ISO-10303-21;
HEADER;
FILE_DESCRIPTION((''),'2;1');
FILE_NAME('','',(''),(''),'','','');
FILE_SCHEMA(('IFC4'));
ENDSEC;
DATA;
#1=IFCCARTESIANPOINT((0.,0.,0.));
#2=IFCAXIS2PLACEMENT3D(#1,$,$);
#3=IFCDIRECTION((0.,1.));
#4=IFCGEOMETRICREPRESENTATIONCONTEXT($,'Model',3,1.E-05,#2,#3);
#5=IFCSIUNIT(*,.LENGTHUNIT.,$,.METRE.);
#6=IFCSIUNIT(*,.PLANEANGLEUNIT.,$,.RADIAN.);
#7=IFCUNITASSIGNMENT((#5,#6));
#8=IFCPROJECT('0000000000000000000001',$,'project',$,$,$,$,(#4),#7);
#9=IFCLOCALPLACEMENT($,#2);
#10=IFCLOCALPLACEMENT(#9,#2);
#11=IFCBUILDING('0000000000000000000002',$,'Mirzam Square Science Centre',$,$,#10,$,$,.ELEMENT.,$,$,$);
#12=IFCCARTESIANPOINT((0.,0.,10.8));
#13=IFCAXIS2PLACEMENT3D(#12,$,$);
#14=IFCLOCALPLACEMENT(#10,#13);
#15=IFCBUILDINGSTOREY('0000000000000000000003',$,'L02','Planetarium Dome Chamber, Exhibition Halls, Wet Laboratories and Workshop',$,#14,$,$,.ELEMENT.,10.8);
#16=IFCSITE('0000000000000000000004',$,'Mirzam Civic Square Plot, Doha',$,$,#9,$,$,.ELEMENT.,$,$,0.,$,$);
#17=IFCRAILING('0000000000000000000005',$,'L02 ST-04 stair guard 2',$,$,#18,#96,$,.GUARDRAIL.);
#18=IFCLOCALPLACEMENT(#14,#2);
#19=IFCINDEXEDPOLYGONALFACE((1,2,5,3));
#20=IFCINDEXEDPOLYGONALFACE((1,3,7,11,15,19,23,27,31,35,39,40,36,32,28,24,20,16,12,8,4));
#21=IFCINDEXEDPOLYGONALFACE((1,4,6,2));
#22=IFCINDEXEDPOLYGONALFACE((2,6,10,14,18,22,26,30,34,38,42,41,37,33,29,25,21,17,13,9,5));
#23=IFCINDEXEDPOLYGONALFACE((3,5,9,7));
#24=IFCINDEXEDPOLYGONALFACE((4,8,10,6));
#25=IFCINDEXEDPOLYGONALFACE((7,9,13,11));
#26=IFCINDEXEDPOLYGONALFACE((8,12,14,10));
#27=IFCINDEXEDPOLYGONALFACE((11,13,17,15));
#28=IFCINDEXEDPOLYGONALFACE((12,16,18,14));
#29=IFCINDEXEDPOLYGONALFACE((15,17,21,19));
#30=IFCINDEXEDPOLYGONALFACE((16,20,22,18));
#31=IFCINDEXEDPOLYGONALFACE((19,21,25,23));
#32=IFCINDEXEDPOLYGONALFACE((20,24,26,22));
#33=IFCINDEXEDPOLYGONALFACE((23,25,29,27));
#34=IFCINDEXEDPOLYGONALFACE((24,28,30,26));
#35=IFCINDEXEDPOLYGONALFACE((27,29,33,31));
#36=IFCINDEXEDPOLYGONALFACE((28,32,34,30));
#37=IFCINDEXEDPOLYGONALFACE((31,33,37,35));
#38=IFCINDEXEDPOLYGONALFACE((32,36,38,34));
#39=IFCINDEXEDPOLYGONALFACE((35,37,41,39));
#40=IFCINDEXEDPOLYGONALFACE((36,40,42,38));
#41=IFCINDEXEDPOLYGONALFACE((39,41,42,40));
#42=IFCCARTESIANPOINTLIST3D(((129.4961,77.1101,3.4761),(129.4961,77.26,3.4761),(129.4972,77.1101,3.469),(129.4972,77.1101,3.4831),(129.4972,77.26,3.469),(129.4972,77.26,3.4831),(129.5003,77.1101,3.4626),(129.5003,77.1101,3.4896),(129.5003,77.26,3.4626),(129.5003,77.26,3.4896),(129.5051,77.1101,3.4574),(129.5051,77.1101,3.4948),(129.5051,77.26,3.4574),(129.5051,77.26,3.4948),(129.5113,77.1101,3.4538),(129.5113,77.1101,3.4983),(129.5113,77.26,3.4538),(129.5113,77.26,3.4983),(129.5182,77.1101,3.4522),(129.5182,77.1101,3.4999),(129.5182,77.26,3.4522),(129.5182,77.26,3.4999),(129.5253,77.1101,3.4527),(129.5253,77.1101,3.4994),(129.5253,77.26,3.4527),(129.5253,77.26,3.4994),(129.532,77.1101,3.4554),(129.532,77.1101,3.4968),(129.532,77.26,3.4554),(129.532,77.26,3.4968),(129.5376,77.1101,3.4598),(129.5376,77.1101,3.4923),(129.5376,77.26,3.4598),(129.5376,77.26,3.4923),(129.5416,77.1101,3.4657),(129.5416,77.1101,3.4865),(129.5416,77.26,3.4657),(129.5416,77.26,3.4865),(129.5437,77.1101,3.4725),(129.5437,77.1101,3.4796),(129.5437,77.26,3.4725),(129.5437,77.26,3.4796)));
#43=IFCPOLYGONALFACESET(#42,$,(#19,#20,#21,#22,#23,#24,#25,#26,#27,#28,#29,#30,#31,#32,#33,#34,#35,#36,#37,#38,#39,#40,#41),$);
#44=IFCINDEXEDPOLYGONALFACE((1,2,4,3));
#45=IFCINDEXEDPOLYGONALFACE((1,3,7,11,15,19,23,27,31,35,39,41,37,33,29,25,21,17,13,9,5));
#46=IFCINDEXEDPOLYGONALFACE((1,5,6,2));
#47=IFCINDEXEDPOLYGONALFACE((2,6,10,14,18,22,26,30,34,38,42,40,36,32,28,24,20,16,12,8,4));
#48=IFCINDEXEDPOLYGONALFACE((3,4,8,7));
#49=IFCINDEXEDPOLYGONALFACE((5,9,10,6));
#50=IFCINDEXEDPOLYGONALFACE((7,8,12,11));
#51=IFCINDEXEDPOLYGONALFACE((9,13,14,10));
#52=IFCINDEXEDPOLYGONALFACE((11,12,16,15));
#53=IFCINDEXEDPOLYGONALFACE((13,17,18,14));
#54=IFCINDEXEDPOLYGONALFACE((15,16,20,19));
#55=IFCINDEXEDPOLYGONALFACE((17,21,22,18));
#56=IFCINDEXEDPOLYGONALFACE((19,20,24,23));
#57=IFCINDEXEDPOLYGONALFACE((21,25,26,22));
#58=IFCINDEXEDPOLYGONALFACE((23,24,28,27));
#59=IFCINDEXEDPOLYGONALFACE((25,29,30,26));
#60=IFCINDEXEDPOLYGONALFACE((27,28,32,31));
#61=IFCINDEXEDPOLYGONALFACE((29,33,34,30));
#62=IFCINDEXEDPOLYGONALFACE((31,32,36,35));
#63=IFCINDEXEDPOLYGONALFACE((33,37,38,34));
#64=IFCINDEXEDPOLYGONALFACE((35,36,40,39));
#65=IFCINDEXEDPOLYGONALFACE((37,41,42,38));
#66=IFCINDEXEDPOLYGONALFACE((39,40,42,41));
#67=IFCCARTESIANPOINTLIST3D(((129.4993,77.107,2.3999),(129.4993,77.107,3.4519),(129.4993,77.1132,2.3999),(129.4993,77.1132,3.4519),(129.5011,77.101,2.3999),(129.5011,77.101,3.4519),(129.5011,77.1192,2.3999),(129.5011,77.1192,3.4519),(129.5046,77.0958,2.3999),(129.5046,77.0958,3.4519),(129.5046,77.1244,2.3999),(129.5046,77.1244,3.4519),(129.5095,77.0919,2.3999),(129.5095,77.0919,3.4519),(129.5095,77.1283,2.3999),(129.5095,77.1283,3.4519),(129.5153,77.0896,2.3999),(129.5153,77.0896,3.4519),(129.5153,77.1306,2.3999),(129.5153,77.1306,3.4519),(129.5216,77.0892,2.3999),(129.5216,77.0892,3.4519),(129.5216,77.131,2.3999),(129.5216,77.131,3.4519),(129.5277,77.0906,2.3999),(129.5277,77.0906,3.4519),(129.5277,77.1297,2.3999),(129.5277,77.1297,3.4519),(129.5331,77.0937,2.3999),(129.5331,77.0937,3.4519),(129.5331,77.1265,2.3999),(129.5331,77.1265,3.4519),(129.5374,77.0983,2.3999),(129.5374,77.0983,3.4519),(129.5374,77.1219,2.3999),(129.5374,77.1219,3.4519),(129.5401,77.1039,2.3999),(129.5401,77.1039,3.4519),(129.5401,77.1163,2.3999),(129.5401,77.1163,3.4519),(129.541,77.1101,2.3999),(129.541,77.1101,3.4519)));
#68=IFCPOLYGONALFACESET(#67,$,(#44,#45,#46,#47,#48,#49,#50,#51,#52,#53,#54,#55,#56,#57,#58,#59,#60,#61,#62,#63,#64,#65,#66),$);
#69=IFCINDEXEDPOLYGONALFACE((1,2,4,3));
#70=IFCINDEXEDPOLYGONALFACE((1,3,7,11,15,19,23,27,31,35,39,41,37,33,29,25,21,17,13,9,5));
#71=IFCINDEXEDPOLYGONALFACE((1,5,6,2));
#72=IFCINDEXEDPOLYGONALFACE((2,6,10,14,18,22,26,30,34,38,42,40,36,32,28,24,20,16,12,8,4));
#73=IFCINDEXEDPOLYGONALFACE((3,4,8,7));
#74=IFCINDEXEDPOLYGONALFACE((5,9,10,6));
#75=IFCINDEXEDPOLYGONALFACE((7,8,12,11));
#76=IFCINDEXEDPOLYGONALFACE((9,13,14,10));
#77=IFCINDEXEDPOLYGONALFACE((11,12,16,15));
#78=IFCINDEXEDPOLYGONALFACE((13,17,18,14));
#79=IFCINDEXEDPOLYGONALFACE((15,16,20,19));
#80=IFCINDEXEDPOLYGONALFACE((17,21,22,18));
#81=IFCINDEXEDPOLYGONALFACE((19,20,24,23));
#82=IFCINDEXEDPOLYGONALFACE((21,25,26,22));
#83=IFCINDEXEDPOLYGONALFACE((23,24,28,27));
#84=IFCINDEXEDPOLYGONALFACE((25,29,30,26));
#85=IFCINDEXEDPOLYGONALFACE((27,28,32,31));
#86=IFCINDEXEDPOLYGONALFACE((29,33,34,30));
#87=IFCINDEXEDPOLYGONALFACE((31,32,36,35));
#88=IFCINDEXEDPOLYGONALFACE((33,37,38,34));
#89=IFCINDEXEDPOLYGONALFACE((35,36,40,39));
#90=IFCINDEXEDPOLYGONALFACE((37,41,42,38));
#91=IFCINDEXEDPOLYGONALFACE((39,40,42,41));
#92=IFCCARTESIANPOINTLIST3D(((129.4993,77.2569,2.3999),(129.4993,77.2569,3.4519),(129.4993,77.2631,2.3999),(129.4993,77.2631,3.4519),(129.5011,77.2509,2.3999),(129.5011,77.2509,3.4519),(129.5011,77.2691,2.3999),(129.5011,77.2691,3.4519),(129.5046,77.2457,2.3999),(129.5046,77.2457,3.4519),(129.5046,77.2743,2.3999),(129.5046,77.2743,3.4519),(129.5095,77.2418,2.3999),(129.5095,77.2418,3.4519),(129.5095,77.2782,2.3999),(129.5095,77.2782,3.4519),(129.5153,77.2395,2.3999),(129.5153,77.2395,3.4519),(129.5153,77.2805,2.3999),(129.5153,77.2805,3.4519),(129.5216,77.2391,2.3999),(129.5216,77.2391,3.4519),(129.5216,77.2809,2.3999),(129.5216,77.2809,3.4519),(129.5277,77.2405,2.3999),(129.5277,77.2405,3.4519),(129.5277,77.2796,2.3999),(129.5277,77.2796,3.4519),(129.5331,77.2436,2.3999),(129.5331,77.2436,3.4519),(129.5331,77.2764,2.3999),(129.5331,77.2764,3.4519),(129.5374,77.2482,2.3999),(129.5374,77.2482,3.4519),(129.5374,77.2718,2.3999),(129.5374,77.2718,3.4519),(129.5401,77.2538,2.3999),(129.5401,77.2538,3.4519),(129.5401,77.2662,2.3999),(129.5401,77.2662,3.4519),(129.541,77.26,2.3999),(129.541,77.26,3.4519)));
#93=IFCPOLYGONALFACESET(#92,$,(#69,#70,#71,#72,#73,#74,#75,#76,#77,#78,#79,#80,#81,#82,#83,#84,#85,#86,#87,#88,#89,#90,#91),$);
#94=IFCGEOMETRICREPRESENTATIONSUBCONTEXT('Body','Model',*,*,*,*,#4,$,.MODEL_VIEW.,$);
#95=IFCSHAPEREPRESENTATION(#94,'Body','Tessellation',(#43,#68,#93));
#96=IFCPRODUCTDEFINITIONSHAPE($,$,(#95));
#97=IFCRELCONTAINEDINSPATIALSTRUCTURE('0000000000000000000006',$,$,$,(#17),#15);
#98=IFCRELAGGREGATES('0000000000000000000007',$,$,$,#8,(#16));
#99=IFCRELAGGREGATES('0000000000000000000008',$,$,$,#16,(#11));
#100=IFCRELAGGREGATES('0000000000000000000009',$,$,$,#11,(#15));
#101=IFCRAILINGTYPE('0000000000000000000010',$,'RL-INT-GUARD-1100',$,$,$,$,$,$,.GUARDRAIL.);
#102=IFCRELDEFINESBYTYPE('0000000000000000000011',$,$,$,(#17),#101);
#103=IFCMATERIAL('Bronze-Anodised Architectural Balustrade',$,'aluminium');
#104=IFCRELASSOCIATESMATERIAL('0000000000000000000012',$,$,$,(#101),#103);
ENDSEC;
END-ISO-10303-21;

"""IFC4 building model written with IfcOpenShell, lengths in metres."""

from ifc_helpers import new_model, si_unit, direction, frame, origin, origin_2d, place, context, subcontext, project, spatial, circle, extrude, material, type_object, element, save


model = new_model("IFC4")

# Units and contexts
model_context = context("Model", 3, precision=1e-05, world=origin(), true_north=direction((0.0, 1.0)))
body_context = subcontext(model_context, "Body", "Model", "MODEL_VIEW")
ifc_project = project(units=[si_unit("LENGTHUNIT", "METRE"), si_unit("PLANEANGLEUNIT", "RADIAN")], contexts=[model_context])

# Site, building, storey
site_placement = place(None, origin())
site = spatial("IfcSite", under=ifc_project, at=site_placement, Name="Mirzam Civic Square Plot, Doha", CompositionType="ELEMENT", RefElevation=0.0)
building_placement = place(site_placement, origin())
building = spatial("IfcBuilding", under=site, at=building_placement, Name="Mirzam Square Science Centre", CompositionType="ELEMENT")
storey_placement = place(building_placement, frame((0.0, 0.0, 10.8)))
storey = spatial("IfcBuildingStorey", under=building, at=storey_placement, Name="L02", Description="Planetarium Dome Chamber, Exhibition Halls, Wet Laboratories and Workshop", CompositionType="ELEMENT", Elevation=10.8)

# Railing
ifc_material_1 = material(Name="Bronze-Anodised Architectural Balustrade", Category="aluminium")
railing_type_1 = type_object("IfcRailingType", Name="RL-INT-GUARD-1100", PredefinedType="GUARDRAIL", material=ifc_material_1)
railing_1_placement = place(storey_placement, frame((129.52, 77.1101, 2.3999)))
element("IfcRailing", 1, at=railing_1_placement, inside=storey, type_object=railing_type_1, Name="L02 ST-04 stair guard 2", PredefinedType="GUARDRAIL", context=body_context, shape_type="SweptSolid", body=[
    extrude(circle(Radius=0.0239, at=origin_2d()), frame((0.0, 0.0, 1.0762), z_axis=(0.0, 1.0, 0.0), x_axis=(-1.0, 0.0, 0.0)), (0.0, 0.0, 1.0), 0.1499),
    extrude(circle(Radius=0.021, at=origin_2d()), origin(), (0.0, 0.0, 1.0), 1.052),
    extrude(circle(Radius=0.021, at=origin_2d()), frame((0.0, 0.1499, 0.0)), (0.0, 0.0, 1.0), 1.052),
])

save(model, "model.ifc")
